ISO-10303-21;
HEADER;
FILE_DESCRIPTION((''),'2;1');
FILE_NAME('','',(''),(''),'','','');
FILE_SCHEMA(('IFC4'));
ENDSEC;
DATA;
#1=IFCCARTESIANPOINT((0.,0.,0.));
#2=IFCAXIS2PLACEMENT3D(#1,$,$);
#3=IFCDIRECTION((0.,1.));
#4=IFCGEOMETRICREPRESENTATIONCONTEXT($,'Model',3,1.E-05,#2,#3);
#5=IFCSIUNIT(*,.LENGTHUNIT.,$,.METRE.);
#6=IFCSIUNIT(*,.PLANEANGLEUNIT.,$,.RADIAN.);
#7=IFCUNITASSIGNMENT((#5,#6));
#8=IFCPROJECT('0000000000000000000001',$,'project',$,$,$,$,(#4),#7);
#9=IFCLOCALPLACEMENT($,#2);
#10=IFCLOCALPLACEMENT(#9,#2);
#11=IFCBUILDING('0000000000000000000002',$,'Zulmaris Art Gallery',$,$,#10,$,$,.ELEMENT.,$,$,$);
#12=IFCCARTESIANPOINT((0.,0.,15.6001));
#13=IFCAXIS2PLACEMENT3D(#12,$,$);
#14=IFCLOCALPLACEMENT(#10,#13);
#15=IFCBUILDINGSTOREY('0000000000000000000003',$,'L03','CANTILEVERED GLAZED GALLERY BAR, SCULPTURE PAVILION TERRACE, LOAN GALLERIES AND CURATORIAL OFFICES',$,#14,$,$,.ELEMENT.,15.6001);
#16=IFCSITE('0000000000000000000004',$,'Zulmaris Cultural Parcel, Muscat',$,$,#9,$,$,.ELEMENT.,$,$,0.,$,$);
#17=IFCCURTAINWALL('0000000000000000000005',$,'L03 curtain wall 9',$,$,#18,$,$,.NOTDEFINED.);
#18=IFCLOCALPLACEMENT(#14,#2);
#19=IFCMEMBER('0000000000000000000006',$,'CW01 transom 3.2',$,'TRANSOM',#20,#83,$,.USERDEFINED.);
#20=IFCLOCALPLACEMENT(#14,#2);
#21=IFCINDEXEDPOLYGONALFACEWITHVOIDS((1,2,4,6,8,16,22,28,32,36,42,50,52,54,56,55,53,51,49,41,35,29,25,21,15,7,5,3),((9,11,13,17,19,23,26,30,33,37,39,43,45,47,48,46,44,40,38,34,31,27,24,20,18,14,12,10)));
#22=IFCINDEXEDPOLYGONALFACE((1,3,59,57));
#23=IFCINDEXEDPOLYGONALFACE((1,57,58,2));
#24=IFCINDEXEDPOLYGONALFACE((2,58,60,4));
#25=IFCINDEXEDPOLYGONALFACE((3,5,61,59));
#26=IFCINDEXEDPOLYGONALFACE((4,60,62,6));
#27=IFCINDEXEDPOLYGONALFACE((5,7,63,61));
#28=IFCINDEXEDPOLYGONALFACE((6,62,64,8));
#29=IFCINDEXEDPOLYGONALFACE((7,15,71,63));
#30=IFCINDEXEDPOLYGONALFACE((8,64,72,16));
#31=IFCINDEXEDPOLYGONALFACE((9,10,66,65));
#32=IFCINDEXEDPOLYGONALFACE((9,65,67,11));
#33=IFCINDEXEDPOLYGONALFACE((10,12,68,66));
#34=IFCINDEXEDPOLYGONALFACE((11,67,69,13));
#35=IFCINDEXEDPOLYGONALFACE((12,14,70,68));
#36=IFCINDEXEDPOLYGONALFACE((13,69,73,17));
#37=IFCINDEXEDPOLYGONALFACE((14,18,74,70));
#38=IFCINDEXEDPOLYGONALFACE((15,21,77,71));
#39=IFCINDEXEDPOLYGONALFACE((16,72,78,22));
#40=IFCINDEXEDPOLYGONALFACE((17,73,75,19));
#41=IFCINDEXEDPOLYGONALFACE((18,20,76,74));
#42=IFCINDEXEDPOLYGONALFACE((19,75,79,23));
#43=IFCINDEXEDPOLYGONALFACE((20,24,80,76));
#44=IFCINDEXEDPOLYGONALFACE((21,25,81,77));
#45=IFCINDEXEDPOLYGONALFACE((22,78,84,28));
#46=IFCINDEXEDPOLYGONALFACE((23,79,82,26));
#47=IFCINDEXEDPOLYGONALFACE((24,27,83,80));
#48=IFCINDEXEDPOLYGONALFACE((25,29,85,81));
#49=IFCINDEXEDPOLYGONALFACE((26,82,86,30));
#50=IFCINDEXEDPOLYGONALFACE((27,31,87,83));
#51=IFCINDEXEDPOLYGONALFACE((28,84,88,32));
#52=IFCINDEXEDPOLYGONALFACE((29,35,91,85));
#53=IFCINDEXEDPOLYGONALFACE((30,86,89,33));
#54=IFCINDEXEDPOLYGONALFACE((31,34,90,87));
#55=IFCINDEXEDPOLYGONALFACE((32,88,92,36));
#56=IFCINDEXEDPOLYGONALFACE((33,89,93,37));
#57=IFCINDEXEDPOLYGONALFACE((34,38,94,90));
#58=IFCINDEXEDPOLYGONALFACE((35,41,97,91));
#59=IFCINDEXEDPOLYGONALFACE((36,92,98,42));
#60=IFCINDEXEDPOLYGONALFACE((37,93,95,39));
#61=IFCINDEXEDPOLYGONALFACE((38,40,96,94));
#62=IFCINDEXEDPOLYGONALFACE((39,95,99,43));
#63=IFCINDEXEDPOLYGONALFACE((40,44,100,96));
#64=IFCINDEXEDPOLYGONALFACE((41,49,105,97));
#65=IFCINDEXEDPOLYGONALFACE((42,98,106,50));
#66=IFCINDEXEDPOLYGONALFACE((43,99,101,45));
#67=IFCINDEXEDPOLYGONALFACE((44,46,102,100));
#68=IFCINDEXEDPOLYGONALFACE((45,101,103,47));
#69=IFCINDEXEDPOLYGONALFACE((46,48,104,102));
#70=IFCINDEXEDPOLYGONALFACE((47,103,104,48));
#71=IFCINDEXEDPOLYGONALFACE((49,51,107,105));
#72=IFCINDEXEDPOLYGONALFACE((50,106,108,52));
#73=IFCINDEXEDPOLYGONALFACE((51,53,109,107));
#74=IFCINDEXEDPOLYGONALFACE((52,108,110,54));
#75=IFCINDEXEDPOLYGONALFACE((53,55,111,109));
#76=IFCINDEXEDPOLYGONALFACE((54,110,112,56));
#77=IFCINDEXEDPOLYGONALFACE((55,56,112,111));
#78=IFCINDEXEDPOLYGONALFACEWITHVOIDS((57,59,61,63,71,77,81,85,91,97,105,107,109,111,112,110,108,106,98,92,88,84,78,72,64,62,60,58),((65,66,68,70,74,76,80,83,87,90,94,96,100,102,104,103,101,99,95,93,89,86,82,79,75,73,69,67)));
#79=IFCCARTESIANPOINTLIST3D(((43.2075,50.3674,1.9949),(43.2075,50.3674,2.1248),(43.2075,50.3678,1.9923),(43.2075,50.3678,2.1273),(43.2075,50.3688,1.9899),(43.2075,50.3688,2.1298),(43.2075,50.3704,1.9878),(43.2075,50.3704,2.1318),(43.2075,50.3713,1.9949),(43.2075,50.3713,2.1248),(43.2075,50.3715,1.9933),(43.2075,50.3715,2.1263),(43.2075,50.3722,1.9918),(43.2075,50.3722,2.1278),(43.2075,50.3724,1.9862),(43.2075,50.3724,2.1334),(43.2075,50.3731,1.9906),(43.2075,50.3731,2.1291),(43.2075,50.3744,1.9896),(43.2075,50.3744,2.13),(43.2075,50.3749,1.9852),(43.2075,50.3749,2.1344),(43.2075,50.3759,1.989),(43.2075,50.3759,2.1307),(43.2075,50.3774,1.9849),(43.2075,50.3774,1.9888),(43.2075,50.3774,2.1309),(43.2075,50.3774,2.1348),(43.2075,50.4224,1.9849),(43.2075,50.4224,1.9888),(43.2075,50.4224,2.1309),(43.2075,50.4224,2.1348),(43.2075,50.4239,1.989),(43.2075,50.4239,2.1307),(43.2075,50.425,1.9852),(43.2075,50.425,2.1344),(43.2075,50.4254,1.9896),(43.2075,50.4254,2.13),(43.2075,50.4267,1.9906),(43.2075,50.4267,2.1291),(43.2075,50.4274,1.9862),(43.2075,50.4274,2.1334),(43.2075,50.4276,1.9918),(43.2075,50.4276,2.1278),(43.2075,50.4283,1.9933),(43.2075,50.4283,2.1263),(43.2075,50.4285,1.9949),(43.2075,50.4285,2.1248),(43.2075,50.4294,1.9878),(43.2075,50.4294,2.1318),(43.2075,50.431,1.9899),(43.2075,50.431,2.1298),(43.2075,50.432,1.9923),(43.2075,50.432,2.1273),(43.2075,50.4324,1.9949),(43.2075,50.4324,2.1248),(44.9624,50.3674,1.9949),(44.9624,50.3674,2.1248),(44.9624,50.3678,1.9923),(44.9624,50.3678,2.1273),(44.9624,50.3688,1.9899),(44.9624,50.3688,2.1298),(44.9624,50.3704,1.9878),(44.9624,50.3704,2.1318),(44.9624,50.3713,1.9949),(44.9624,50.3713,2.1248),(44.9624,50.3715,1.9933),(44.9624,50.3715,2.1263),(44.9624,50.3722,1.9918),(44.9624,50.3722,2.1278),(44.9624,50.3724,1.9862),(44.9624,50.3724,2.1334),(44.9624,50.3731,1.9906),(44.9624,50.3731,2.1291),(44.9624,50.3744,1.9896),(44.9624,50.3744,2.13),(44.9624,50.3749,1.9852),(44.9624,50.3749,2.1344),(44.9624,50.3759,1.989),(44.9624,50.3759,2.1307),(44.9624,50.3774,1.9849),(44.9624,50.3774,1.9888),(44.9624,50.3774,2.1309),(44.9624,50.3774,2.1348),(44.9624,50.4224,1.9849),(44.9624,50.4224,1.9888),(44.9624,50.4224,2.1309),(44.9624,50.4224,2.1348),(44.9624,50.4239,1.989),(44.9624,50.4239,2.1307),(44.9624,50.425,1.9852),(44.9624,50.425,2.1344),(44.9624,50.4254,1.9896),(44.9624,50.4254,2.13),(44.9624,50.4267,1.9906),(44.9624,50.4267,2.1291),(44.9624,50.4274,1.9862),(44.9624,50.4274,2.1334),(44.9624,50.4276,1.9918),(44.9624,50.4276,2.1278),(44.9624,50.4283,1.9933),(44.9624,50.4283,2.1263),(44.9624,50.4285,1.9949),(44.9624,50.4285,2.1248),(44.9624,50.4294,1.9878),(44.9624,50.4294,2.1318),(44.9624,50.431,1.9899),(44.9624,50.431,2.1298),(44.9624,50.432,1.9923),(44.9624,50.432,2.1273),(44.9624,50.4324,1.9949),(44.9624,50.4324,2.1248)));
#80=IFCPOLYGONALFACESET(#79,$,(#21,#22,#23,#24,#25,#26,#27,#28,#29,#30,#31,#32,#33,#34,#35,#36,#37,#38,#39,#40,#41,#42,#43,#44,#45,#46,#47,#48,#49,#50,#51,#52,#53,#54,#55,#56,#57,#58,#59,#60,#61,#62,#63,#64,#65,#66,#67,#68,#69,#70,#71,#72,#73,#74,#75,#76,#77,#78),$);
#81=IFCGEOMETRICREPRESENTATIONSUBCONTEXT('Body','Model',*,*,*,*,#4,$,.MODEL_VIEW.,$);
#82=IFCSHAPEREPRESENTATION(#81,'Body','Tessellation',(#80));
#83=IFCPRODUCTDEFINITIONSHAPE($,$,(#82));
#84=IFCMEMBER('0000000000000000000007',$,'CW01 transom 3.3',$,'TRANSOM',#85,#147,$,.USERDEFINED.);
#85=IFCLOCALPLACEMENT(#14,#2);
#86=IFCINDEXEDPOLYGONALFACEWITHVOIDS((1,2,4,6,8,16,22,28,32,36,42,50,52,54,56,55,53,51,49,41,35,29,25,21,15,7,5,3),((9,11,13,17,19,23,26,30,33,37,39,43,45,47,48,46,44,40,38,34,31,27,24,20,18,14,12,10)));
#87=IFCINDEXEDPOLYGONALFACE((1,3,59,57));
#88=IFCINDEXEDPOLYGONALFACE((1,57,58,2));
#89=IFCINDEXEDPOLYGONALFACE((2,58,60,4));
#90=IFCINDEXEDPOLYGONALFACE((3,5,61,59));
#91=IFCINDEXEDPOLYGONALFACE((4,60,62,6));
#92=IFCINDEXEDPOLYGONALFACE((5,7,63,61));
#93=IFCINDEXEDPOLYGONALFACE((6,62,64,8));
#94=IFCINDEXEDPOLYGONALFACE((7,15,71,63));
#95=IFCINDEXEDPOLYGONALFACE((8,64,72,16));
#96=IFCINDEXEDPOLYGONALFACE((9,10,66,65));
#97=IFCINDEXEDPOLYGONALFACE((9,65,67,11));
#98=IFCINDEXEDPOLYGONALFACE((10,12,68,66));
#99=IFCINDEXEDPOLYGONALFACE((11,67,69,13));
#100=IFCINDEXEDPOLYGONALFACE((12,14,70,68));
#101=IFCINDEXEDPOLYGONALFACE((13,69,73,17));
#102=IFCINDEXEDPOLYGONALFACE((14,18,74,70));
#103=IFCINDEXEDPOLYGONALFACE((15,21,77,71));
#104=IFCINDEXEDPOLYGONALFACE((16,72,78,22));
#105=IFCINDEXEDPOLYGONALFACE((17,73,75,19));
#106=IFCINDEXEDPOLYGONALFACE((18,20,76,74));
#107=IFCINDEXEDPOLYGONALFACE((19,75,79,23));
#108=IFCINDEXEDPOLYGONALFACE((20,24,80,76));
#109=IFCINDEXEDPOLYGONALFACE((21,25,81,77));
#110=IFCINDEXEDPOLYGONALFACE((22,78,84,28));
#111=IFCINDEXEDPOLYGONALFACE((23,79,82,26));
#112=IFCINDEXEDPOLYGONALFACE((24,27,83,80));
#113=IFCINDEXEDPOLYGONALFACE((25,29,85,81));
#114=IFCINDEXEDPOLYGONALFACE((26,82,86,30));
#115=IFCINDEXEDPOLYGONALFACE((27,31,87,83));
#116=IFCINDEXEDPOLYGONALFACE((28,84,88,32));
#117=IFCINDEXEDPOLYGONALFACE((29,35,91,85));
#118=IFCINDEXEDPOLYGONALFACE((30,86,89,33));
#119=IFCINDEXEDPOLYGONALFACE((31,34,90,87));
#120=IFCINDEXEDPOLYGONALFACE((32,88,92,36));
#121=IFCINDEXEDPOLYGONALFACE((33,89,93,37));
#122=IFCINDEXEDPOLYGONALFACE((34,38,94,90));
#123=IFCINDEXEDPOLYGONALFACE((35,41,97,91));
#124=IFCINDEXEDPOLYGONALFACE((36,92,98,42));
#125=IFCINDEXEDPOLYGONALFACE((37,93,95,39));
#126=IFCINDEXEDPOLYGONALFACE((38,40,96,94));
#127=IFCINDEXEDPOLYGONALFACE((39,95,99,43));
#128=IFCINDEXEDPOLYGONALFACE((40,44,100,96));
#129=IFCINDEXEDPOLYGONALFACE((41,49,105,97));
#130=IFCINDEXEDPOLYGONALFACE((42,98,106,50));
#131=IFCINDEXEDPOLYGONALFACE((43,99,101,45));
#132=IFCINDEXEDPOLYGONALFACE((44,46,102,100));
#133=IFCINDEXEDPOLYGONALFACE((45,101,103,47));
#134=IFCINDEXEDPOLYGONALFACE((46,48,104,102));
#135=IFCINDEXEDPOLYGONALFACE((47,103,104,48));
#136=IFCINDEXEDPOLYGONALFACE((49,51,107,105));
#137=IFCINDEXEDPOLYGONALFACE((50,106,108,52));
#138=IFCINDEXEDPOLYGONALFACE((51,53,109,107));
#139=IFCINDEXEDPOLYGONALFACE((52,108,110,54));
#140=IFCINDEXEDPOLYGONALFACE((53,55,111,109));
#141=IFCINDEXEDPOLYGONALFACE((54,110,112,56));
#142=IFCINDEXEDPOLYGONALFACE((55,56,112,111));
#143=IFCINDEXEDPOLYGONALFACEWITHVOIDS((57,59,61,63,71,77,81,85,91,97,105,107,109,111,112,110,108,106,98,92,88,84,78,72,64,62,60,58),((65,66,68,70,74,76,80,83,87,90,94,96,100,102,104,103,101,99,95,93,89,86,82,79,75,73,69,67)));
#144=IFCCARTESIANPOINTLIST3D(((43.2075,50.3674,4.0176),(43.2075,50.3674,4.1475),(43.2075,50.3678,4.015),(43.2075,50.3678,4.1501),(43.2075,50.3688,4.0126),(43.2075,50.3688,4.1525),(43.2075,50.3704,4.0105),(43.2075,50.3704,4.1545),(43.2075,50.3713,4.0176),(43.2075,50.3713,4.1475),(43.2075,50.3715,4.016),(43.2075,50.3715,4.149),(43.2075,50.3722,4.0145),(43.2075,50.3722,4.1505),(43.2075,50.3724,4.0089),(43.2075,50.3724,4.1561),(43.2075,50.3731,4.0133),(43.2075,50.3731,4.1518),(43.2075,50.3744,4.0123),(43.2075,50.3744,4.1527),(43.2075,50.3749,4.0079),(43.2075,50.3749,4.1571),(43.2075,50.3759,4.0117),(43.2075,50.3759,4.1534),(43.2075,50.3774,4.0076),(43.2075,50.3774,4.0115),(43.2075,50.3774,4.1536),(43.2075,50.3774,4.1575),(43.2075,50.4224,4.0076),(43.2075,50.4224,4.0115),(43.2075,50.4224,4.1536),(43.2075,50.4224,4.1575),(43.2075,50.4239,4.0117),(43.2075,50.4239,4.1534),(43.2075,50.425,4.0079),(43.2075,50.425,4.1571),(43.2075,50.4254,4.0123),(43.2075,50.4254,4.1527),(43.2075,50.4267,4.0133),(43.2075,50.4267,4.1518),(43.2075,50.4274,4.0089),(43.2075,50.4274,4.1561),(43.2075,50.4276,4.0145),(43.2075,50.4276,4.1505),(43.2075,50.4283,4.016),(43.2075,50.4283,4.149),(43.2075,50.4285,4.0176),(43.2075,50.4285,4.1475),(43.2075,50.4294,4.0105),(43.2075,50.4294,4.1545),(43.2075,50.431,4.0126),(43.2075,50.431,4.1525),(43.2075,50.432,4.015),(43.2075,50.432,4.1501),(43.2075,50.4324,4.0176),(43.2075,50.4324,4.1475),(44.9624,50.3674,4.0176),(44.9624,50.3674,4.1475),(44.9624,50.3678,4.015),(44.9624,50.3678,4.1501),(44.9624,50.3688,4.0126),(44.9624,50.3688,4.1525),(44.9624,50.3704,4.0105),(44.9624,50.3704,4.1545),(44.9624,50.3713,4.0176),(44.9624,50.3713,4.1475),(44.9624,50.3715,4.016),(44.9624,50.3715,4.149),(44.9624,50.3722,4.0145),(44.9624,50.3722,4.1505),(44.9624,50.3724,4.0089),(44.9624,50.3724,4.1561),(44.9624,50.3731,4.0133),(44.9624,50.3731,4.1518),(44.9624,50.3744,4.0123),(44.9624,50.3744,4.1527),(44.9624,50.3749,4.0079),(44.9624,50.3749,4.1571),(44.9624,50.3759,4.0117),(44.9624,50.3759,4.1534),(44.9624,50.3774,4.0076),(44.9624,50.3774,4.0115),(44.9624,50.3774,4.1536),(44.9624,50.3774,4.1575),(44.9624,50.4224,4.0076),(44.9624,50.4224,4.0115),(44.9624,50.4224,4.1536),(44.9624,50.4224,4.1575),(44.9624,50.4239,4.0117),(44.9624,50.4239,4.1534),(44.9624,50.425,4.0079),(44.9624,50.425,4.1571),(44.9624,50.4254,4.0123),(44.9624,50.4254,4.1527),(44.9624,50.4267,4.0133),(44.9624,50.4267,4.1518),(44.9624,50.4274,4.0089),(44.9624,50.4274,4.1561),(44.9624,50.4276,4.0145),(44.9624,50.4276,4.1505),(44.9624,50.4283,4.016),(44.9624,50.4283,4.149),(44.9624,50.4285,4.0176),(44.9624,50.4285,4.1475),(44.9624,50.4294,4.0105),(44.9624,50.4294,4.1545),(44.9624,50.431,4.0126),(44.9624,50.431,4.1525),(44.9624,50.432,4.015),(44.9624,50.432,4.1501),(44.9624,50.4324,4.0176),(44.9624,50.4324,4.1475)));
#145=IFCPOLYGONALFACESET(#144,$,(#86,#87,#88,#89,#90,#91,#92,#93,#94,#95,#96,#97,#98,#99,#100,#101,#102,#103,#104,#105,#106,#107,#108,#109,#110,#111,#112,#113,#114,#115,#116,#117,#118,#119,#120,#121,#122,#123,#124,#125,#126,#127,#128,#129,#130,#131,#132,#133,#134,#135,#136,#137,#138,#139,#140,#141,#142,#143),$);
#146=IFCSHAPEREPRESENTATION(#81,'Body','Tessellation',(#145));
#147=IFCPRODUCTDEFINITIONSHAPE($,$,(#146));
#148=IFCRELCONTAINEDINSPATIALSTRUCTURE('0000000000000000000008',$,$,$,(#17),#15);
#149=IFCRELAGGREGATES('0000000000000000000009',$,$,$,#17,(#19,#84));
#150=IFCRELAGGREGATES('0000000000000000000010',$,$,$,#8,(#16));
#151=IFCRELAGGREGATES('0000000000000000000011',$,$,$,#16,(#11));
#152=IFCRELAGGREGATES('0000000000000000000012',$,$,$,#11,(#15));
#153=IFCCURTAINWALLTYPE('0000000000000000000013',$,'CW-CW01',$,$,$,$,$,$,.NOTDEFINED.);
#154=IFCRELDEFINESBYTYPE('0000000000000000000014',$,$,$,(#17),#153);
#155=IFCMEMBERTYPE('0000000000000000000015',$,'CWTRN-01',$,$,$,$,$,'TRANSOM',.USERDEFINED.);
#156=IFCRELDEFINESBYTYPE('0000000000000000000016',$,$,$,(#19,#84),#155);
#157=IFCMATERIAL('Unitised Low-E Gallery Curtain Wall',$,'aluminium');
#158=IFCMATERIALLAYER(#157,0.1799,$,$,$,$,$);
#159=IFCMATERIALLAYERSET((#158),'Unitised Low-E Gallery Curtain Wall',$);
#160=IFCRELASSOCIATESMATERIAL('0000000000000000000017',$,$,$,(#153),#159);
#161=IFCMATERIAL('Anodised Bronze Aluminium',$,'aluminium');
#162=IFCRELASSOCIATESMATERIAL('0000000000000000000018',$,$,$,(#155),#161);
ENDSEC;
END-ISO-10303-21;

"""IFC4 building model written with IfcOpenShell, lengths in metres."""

from ifc_helpers import new_model, si_unit, direction, frame, origin, origin_2d, place, context, subcontext, project, spatial, hollow_rectangle, extrude, material, layer, layer_set, material_profile, profile_set, type_object, element, aggregate, save


model = new_model("IFC4")

# Units and contexts
model_context = context("Model", 3, precision=1e-05, world=origin(), true_north=direction((0.0, 1.0)))
body_context = subcontext(model_context, "Body", "Model", "MODEL_VIEW")
ifc_project = project(units=[si_unit("LENGTHUNIT", "METRE"), si_unit("PLANEANGLEUNIT", "RADIAN")], contexts=[model_context])

# Site, building, storey
site_placement = place(None, origin())
site = spatial("IfcSite", under=ifc_project, at=site_placement, Name="Zulmaris Cultural Parcel, Muscat", CompositionType="ELEMENT", RefElevation=0.0)
building_placement = place(site_placement, origin())
building = spatial("IfcBuilding", under=site, at=building_placement, Name="Zulmaris Art Gallery", CompositionType="ELEMENT")
storey_placement = place(building_placement, frame((0.0, 0.0, 15.6001)))
storey = spatial("IfcBuildingStorey", under=building, at=storey_placement, Name="L03", Description="CANTILEVERED GLAZED GALLERY BAR, SCULPTURE PAVILION TERRACE, LOAN GALLERIES AND CURATORIAL OFFICES", CompositionType="ELEMENT", Elevation=15.6001)

# Shared definitions
ifc_material_1 = material(Name="Unitised Low-E Gallery Curtain Wall", Category="aluminium")
ifc_layer_1 = layer(ifc_material_1, 0.1799)
ifc_layer_set_1 = layer_set([ifc_layer_1], Name="Unitised Low-E Gallery Curtain Wall")
curtain_wall_type = type_object("IfcCurtainWallType", Name="CW-CW01", PredefinedType="NOTDEFINED", material=ifc_layer_set_1)
ifc_material_2 = material(Name="Anodised Bronze Aluminium", Category="aluminium")

# Curtain wall, members
curtain_wall_1_placement = place(storey_placement, origin())
curtain_wall_1 = element("IfcCurtainWall", 1, at=curtain_wall_1_placement, inside=storey, type_object=curtain_wall_type, Name="L03 curtain wall 9", PredefinedType="NOTDEFINED")
ifc_material_profile_1 = material_profile(ifc_material_2, hollow_rectangle(XDim=0.0649, YDim=0.1499, WallThickness=0.0039, InnerFilletRadius=0.0061, OuterFilletRadius=0.01, at=origin_2d()), Name="ALU 65x150x4")
ifc_profile_set_1 = profile_set([ifc_material_profile_1], Name="Anodised Bronze Aluminium")
member_type_1 = type_object("IfcMemberType", Name="CWTRN-01", ElementType="TRANSOM", PredefinedType="USERDEFINED", material=ifc_profile_set_1)
member_1_placement = place(storey_placement, frame((44.9624, 50.3999, 2.0598), z_axis=(-1.0, 0.0, 0.0), x_axis=(0.0, -1.0, 0.0)))
member_1 = element("IfcMember", 2, at=member_1_placement, type_object=member_type_1, Name="CW01 transom 3.2", ObjectType="TRANSOM", PredefinedType="USERDEFINED", context=body_context, shape_type="SweptSolid", body=[
    extrude(hollow_rectangle(XDim=0.0649, YDim=0.1499, WallThickness=0.0039, InnerFilletRadius=0.0061, OuterFilletRadius=0.01, at=origin_2d()), origin(), (0.0, 0.0, 1.0), 1.7549),
])
member_2_placement = place(storey_placement, frame((44.9624, 50.3999, 4.0825), z_axis=(-1.0, 0.0, 0.0), x_axis=(0.0, -1.0, 0.0)))
member_2 = element("IfcMember", 3, at=member_2_placement, type_object=member_type_1, Name="CW01 transom 3.3", ObjectType="TRANSOM", PredefinedType="USERDEFINED", context=body_context, shape_type="SweptSolid", body=[
    extrude(hollow_rectangle(XDim=0.0649, YDim=0.1499, WallThickness=0.0039, InnerFilletRadius=0.0061, OuterFilletRadius=0.01, at=origin_2d()), origin(), (0.0, 0.0, 1.0), 1.7549),
])

aggregate(curtain_wall_1, [member_1, member_2])

save(model, "model.ifc")
